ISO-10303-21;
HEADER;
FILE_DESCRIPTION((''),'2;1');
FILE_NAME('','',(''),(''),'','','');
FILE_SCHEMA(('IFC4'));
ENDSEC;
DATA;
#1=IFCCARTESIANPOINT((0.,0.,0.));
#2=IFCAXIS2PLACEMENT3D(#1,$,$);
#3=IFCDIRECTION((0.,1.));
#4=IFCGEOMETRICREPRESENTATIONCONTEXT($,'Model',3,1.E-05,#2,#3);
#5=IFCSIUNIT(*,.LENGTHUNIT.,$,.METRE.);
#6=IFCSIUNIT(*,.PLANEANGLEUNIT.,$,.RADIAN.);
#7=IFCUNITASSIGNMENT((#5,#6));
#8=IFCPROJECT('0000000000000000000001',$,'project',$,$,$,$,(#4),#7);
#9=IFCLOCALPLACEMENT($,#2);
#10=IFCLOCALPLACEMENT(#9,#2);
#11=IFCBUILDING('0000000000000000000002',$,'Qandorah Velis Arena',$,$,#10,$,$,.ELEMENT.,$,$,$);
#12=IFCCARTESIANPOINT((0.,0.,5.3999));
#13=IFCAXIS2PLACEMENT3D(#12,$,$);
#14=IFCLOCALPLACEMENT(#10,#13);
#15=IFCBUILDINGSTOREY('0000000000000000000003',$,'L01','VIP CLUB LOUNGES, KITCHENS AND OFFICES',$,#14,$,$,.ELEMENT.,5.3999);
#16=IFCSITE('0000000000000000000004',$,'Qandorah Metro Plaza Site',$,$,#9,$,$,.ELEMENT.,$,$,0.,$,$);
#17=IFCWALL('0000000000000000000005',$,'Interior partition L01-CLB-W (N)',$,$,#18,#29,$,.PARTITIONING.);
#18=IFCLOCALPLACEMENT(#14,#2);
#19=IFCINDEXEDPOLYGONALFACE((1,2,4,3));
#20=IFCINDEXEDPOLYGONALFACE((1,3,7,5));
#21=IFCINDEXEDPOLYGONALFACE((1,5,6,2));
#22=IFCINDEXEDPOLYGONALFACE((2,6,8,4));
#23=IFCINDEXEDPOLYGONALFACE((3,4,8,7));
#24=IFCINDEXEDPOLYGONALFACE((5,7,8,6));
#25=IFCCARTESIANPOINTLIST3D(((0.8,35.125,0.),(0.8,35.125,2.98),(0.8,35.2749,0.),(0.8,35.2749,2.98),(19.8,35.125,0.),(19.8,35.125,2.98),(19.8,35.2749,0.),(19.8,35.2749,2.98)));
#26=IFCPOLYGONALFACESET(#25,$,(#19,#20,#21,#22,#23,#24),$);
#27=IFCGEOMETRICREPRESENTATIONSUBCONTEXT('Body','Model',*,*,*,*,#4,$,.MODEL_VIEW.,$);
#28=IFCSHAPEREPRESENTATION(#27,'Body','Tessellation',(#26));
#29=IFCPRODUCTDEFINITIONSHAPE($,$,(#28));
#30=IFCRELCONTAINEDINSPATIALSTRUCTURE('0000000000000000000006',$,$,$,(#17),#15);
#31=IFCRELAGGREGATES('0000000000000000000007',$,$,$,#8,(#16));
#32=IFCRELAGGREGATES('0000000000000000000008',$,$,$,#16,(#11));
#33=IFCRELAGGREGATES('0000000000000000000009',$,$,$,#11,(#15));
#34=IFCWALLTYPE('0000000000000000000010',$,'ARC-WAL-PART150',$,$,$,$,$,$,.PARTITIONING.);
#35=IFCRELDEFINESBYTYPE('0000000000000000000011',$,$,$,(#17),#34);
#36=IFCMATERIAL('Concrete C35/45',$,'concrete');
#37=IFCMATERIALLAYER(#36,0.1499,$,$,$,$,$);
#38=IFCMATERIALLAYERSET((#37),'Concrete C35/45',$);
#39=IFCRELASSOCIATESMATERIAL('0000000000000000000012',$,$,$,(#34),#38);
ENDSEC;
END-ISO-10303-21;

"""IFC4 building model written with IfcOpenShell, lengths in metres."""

from ifc_helpers import new_model, si_unit, direction, frame, frame_2d, origin, place, context, subcontext, project, spatial, rectangle, extrude, material, layer, layer_set, type_object, element, save


model = new_model("IFC4")

# Units and contexts
model_context = context("Model", 3, precision=1e-05, world=origin(), true_north=direction((0.0, 1.0)))
body_context = subcontext(model_context, "Body", "Model", "MODEL_VIEW")
ifc_project = project(units=[si_unit("LENGTHUNIT", "METRE"), si_unit("PLANEANGLEUNIT", "RADIAN")], contexts=[model_context])

# Site, building, storey
site_placement = place(None, origin())
site = spatial("IfcSite", under=ifc_project, at=site_placement, Name="Qandorah Metro Plaza Site", CompositionType="ELEMENT", RefElevation=0.0)
building_placement = place(site_placement, origin())
building = spatial("IfcBuilding", under=site, at=building_placement, Name="Qandorah Velis Arena", CompositionType="ELEMENT")
storey_placement = place(building_placement, frame((0.0, 0.0, 5.3999)))
storey = spatial("IfcBuildingStorey", under=building, at=storey_placement, Name="L01", Description="VIP CLUB LOUNGES, KITCHENS AND OFFICES", CompositionType="ELEMENT", Elevation=5.3999)

# Wall
ifc_material_1 = material(Name="Concrete C35/45", Category="concrete")
ifc_layer = layer(ifc_material_1, 0.1499)
ifc_layer_set = layer_set([ifc_layer], Name="Concrete C35/45")
wall_type = type_object("IfcWallType", Name="ARC-WAL-PART150", PredefinedType="PARTITIONING", material=ifc_layer_set)
wall_placement = place(storey_placement, frame((19.8, 35.2, 0.0), z_axis=(0.0, 0.0, 1.0), x_axis=(-1.0, 0.0, 0.0)))
element("IfcWall", 1, at=wall_placement, inside=storey, type_object=wall_type, Name="Interior partition L01-CLB-W (N)", PredefinedType="PARTITIONING", context=body_context, shape_type="SweptSolid", body=[
    extrude(rectangle(XDim=19.0, YDim=0.1499, at=frame_2d((9.5, 0.0))), origin(), (0.0, 0.0, 1.0), 2.98),
])

save(model, "model.ifc")
